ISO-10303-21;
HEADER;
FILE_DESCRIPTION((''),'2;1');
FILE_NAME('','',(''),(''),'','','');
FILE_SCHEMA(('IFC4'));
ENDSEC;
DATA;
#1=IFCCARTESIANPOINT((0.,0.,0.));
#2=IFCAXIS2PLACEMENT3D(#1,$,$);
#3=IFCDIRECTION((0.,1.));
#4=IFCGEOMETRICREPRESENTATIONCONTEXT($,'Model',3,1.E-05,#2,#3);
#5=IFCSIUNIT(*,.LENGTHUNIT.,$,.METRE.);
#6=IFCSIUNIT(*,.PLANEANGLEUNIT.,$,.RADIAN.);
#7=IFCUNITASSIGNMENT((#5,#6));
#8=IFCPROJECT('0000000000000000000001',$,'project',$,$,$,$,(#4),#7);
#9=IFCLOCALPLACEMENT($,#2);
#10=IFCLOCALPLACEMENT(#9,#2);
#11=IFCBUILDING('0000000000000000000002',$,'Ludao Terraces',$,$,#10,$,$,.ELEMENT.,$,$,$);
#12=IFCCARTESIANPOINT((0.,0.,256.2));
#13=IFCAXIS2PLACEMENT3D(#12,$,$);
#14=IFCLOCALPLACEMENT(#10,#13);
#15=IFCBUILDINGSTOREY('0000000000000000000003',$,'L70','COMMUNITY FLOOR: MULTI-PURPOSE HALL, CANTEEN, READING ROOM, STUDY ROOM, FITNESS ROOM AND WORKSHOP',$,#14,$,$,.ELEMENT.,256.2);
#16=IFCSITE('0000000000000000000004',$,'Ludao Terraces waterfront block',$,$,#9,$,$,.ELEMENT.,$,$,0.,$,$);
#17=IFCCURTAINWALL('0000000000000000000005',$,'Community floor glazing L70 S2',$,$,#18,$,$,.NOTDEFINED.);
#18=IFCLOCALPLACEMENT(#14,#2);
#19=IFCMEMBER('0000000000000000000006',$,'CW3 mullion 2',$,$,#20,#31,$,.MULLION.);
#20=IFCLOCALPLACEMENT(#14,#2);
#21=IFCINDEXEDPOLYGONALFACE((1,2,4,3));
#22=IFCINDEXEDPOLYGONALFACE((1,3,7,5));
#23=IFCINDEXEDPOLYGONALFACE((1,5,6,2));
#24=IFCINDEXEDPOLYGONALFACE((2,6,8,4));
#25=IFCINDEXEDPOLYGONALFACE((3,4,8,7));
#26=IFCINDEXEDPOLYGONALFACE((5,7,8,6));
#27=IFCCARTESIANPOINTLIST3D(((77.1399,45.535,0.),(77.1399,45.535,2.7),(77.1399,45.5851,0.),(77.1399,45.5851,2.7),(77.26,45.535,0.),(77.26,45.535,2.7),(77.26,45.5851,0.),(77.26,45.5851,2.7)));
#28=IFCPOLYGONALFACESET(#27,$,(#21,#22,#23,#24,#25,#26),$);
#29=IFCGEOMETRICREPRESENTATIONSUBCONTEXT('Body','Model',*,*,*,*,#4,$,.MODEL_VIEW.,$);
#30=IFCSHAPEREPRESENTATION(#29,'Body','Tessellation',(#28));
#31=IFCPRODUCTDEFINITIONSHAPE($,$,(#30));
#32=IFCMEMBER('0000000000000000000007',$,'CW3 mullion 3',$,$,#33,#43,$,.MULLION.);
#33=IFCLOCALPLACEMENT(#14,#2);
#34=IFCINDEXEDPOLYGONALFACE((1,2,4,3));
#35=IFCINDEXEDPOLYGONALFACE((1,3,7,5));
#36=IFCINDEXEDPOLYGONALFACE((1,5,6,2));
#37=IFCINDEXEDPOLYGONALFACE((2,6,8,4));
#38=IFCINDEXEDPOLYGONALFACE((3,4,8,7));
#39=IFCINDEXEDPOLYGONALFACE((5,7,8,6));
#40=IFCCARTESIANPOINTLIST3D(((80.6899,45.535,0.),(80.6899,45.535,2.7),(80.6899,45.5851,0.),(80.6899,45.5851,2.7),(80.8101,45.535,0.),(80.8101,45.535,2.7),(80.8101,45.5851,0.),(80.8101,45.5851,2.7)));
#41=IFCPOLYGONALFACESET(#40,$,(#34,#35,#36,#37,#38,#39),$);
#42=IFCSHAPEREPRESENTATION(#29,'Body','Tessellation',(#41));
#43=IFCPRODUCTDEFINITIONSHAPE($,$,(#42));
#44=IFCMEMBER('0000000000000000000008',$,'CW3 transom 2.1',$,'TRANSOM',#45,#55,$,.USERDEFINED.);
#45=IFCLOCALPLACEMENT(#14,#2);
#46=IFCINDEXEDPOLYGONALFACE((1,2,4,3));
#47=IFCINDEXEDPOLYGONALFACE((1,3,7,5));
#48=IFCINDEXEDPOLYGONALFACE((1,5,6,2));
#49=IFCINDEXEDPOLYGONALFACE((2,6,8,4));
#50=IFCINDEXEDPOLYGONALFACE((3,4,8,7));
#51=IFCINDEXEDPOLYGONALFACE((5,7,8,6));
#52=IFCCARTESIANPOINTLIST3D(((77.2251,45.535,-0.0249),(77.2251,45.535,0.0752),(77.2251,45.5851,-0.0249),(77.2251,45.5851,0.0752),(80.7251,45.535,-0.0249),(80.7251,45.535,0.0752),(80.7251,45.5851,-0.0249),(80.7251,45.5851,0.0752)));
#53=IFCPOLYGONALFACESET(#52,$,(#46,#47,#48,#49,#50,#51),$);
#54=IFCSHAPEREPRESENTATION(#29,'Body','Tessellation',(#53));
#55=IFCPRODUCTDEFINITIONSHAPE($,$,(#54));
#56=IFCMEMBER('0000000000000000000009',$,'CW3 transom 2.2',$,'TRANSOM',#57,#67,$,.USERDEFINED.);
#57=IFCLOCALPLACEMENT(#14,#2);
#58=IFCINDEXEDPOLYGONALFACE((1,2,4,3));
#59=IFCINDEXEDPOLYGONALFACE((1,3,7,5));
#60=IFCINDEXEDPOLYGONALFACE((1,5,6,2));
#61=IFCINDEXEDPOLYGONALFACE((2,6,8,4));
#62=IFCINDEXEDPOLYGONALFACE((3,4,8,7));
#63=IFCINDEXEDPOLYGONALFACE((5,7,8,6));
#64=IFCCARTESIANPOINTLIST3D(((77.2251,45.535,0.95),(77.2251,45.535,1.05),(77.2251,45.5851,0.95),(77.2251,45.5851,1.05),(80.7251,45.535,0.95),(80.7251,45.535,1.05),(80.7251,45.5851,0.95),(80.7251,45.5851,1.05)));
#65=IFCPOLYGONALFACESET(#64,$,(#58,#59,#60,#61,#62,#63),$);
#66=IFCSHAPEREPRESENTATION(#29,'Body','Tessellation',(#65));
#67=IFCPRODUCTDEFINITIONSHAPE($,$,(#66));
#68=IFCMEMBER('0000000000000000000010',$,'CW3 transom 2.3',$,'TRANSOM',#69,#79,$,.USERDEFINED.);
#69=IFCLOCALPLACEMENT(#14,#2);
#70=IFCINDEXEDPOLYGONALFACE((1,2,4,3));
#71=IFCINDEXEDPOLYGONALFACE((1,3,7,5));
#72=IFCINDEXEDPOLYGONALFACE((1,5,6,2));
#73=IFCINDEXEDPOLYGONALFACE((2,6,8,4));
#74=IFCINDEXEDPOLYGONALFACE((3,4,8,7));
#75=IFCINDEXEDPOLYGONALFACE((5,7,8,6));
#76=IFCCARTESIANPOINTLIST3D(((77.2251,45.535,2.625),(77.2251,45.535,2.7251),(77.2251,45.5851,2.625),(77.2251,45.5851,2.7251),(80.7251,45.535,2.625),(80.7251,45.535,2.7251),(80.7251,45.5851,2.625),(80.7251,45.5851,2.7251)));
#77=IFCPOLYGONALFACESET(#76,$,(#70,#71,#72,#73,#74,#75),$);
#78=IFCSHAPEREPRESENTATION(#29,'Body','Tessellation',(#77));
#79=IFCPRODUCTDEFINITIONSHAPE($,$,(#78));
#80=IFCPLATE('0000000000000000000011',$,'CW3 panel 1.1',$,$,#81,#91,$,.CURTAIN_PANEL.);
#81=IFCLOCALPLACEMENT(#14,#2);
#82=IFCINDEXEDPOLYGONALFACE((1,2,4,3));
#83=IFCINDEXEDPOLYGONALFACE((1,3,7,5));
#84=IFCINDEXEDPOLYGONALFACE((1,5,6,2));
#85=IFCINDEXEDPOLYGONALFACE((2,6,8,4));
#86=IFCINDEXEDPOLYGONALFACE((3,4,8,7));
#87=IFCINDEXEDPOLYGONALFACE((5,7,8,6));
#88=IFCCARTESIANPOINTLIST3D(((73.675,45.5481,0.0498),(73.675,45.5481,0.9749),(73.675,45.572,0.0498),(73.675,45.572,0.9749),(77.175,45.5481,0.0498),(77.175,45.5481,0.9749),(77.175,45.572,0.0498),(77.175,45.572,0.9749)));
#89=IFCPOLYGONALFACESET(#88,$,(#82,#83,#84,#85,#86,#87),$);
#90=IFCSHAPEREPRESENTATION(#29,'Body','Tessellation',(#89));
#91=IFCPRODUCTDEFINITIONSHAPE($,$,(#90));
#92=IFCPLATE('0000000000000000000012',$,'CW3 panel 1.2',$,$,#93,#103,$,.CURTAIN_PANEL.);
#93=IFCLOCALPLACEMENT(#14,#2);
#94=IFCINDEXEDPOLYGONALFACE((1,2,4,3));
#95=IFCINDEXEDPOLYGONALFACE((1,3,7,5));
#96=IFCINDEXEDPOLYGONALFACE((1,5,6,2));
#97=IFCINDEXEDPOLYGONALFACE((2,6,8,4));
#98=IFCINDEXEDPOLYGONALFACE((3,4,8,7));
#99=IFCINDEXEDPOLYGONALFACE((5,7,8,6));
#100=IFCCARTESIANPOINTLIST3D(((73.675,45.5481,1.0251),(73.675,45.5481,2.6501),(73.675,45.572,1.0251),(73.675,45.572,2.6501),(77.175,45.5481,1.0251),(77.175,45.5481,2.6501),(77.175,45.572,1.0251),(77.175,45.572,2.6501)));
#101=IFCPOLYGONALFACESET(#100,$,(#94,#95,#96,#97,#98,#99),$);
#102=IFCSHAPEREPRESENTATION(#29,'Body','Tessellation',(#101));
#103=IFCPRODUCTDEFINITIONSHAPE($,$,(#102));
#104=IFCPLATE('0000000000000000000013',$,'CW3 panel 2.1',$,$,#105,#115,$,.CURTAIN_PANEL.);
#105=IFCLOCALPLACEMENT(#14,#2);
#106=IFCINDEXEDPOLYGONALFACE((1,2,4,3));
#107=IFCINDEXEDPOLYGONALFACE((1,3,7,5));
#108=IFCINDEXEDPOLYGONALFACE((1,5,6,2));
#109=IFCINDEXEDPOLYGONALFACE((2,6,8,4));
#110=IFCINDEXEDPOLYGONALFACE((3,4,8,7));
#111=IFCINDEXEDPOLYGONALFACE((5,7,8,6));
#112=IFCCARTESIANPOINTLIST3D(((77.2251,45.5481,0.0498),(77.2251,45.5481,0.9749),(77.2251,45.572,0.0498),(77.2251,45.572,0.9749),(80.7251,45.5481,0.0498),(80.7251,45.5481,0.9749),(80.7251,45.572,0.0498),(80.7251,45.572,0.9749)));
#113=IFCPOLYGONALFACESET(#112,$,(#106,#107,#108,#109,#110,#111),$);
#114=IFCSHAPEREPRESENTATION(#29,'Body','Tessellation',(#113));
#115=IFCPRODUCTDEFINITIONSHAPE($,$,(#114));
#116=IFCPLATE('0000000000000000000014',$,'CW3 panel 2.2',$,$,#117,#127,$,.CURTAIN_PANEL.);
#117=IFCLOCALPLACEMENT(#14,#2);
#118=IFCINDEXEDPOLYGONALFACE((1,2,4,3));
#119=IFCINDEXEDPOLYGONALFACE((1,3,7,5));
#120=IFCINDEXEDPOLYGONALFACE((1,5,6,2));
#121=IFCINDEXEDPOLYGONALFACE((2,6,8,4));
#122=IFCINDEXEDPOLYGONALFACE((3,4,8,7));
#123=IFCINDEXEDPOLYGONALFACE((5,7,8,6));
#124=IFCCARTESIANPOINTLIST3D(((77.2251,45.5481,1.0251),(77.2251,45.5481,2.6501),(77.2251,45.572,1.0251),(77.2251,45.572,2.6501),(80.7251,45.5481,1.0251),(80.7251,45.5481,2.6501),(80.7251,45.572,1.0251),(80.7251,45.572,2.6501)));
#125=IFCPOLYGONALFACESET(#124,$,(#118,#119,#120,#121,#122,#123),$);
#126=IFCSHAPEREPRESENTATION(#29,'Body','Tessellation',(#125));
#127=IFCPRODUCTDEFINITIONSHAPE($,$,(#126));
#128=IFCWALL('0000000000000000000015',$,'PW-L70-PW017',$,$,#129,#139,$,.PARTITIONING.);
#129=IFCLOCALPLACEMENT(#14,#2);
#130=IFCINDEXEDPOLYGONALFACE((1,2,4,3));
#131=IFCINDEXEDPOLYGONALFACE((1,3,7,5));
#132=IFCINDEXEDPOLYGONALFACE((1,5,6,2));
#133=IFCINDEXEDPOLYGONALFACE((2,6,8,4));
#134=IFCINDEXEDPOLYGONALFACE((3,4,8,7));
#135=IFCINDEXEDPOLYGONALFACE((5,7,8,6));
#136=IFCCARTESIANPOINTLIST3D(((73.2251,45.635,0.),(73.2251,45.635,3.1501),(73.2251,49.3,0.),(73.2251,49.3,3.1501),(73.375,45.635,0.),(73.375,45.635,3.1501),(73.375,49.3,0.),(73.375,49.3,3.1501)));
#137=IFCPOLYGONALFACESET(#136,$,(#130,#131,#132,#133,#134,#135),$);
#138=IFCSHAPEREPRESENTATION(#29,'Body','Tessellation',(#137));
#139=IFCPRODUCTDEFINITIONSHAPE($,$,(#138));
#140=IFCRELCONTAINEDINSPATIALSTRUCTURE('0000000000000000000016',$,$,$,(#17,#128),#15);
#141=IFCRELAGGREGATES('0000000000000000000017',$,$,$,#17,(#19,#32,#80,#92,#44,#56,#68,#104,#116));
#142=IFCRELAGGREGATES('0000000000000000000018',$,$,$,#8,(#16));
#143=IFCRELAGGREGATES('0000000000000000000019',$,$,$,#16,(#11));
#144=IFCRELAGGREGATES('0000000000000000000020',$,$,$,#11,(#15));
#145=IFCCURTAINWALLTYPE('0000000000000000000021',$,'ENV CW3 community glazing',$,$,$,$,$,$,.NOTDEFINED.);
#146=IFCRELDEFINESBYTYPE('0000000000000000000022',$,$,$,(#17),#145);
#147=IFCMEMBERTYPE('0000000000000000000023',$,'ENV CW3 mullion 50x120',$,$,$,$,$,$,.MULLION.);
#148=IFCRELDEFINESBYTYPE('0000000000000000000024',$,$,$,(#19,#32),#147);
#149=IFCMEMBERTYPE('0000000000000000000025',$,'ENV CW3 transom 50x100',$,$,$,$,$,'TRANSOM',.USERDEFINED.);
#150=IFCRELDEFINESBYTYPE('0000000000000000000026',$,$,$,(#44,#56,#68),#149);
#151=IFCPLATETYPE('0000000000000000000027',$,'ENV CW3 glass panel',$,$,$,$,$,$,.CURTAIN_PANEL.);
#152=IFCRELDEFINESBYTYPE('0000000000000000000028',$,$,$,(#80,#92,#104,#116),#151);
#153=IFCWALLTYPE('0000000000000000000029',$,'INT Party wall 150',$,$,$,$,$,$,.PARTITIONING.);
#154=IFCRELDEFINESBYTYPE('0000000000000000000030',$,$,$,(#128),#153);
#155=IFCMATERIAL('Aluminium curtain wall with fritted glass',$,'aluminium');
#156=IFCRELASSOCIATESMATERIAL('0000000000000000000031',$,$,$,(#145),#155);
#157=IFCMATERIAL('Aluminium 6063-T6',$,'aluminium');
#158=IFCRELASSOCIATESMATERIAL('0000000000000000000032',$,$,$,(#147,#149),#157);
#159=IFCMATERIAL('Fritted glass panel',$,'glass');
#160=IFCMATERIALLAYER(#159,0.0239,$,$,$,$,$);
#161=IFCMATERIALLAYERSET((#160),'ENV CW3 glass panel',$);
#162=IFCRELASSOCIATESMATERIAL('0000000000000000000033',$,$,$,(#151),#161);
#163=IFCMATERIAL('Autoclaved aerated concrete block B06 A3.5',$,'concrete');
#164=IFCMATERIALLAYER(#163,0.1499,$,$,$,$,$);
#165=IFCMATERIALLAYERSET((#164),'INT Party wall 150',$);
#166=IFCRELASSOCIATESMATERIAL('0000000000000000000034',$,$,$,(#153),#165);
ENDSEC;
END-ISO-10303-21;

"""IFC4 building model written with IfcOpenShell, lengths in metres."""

from ifc_helpers import new_model, si_unit, direction, frame, frame_2d, origin, origin_2d, place, context, subcontext, project, spatial, rectangle, extrude, material, layer, layer_set, material_profile, profile_set, type_object, element, aggregate, save


model = new_model("IFC4")

# Units and contexts
model_context = context("Model", 3, precision=1e-05, world=origin(), true_north=direction((0.0, 1.0)))
body_context = subcontext(model_context, "Body", "Model", "MODEL_VIEW")
ifc_project = project(units=[si_unit("LENGTHUNIT", "METRE"), si_unit("PLANEANGLEUNIT", "RADIAN")], contexts=[model_context])

# Site, building, storey
site_placement = place(None, origin())
site = spatial("IfcSite", under=ifc_project, at=site_placement, Name="Ludao Terraces waterfront block", CompositionType="ELEMENT", RefElevation=0.0)
building_placement = place(site_placement, origin())
building = spatial("IfcBuilding", under=site, at=building_placement, Name="Ludao Terraces", CompositionType="ELEMENT")
storey_placement = place(building_placement, frame((0.0, 0.0, 256.2)))
storey = spatial("IfcBuildingStorey", under=building, at=storey_placement, Name="L70", Description="COMMUNITY FLOOR: MULTI-PURPOSE HALL, CANTEEN, READING ROOM, STUDY ROOM, FITNESS ROOM AND WORKSHOP", CompositionType="ELEMENT", Elevation=256.2)

# Curtain wall, members, plates
ifc_material_1 = material(Name="Aluminium curtain wall with fritted glass", Category="aluminium")
curtain_wall_type = type_object("IfcCurtainWallType", Name="ENV CW3 community glazing", PredefinedType="NOTDEFINED", material=ifc_material_1)
curtain_wall_placement = place(storey_placement, origin())
curtain_wall = element("IfcCurtainWall", 1, at=curtain_wall_placement, inside=storey, type_object=curtain_wall_type, Name="Community floor glazing L70 S2", PredefinedType="NOTDEFINED")
ifc_material_2 = material(Name="Aluminium 6063-T6", Category="aluminium")
ifc_material_profile_1 = material_profile(ifc_material_2, rectangle(XDim=0.05, YDim=0.1201, at=origin_2d()), Name="50 X 120")
ifc_profile_set_1 = profile_set([ifc_material_profile_1], Name="Aluminium 6063-T6")
member_type_1 = type_object("IfcMemberType", Name="ENV CW3 mullion 50x120", PredefinedType="MULLION", material=ifc_profile_set_1)
member_1_placement = place(storey_placement, frame((77.2, 45.5601, 0.0), z_axis=(0.0, 0.0, 1.0), x_axis=(0.0, 1.0, 0.0)))
member_1 = element("IfcMember", 2, at=member_1_placement, type_object=member_type_1, Name="CW3 mullion 2", PredefinedType="MULLION", context=body_context, shape_type="SweptSolid", body=[
    extrude(rectangle(XDim=0.05, YDim=0.1201, at=origin_2d()), origin(), (0.0, 0.0, 1.0), 2.7),
])
member_2_placement = place(storey_placement, frame((80.75, 45.5601, 0.0), z_axis=(0.0, 0.0, 1.0), x_axis=(0.0, 1.0, 0.0)))
member_2 = element("IfcMember", 3, at=member_2_placement, type_object=member_type_1, Name="CW3 mullion 3", PredefinedType="MULLION", context=body_context, shape_type="SweptSolid", body=[
    extrude(rectangle(XDim=0.05, YDim=0.1201, at=origin_2d()), origin(), (0.0, 0.0, 1.0), 2.7),
])
ifc_material_profile_2 = material_profile(ifc_material_2, rectangle(XDim=0.05, YDim=0.1001, at=origin_2d()), Name="50 X 100")
ifc_profile_set_2 = profile_set([ifc_material_profile_2], Name="Aluminium 6063-T6")
member_type_2 = type_object("IfcMemberType", Name="ENV CW3 transom 50x100", ElementType="TRANSOM", PredefinedType="USERDEFINED", material=ifc_profile_set_2)
member_3_placement = place(storey_placement, frame((77.2251, 45.5601, 0.0251), z_axis=(1.0, 0.0, 0.0), x_axis=(0.0, 1.0, 0.0)))
member_3 = element("IfcMember", 4, at=member_3_placement, type_object=member_type_2, Name="CW3 transom 2.1", ObjectType="TRANSOM", PredefinedType="USERDEFINED", context=body_context, shape_type="SweptSolid", body=[
    extrude(rectangle(XDim=0.05, YDim=0.1001, at=origin_2d()), origin(), (0.0, 0.0, 1.0), 3.5),
])
member_4_placement = place(storey_placement, frame((77.2251, 45.5601, 1.0), z_axis=(1.0, 0.0, 0.0), x_axis=(0.0, 1.0, 0.0)))
member_4 = element("IfcMember", 5, at=member_4_placement, type_object=member_type_2, Name="CW3 transom 2.2", ObjectType="TRANSOM", PredefinedType="USERDEFINED", context=body_context, shape_type="SweptSolid", body=[
    extrude(rectangle(XDim=0.05, YDim=0.1001, at=origin_2d()), origin(), (0.0, 0.0, 1.0), 3.5),
])
member_5_placement = place(storey_placement, frame((77.2251, 45.5601, 2.675), z_axis=(1.0, 0.0, 0.0), x_axis=(0.0, 1.0, 0.0)))
member_5 = element("IfcMember", 6, at=member_5_placement, type_object=member_type_2, Name="CW3 transom 2.3", ObjectType="TRANSOM", PredefinedType="USERDEFINED", context=body_context, shape_type="SweptSolid", body=[
    extrude(rectangle(XDim=0.05, YDim=0.1001, at=origin_2d()), origin(), (0.0, 0.0, 1.0), 3.5),
])
ifc_material_3 = material(Name="Fritted glass panel", Category="glass")
ifc_layer_1 = layer(ifc_material_3, 0.0239)
ifc_layer_set_1 = layer_set([ifc_layer_1], Name="ENV CW3 glass panel")
plate_type = type_object("IfcPlateType", Name="ENV CW3 glass panel", PredefinedType="CURTAIN_PANEL", material=ifc_layer_set_1)
plate_1_placement = place(storey_placement, frame((75.425, 45.5601, 0.0498), z_axis=(0.0, 0.0, 1.0), x_axis=(1.0, 0.0, 0.0)))
plate_1 = element("IfcPlate", 7, at=plate_1_placement, type_object=plate_type, Name="CW3 panel 1.1", PredefinedType="CURTAIN_PANEL", context=body_context, shape_type="SweptSolid", body=[
    extrude(rectangle(XDim=3.5, YDim=0.0239, at=origin_2d()), origin(), (0.0, 0.0, 1.0), 0.925),
])
plate_2_placement = place(storey_placement, frame((75.425, 45.5601, 1.0251), z_axis=(0.0, 0.0, 1.0), x_axis=(1.0, 0.0, 0.0)))
plate_2 = element("IfcPlate", 8, at=plate_2_placement, type_object=plate_type, Name="CW3 panel 1.2", PredefinedType="CURTAIN_PANEL", context=body_context, shape_type="SweptSolid", body=[
    extrude(rectangle(XDim=3.5, YDim=0.0239, at=origin_2d()), origin(), (0.0, 0.0, 1.0), 1.625),
])
plate_3_placement = place(storey_placement, frame((78.9751, 45.5601, 0.0498), z_axis=(0.0, 0.0, 1.0), x_axis=(1.0, 0.0, 0.0)))
plate_3 = element("IfcPlate", 9, at=plate_3_placement, type_object=plate_type, Name="CW3 panel 2.1", PredefinedType="CURTAIN_PANEL", context=body_context, shape_type="SweptSolid", body=[
    extrude(rectangle(XDim=3.5, YDim=0.0239, at=origin_2d()), origin(), (0.0, 0.0, 1.0), 0.925),
])
plate_4_placement = place(storey_placement, frame((78.9751, 45.5601, 1.0251), z_axis=(0.0, 0.0, 1.0), x_axis=(1.0, 0.0, 0.0)))
plate_4 = element("IfcPlate", 10, at=plate_4_placement, type_object=plate_type, Name="CW3 panel 2.2", PredefinedType="CURTAIN_PANEL", context=body_context, shape_type="SweptSolid", body=[
    extrude(rectangle(XDim=3.5, YDim=0.0239, at=origin_2d()), origin(), (0.0, 0.0, 1.0), 1.625),
])
aggregate(curtain_wall, [member_1, member_2, plate_1, plate_2, member_3, member_4, member_5, plate_3, plate_4])

# Wall
ifc_material_4 = material(Name="Autoclaved aerated concrete block B06 A3.5", Category="concrete")
ifc_layer_2 = layer(ifc_material_4, 0.1499)
ifc_layer_set_2 = layer_set([ifc_layer_2], Name="INT Party wall 150")
wall_type_1 = type_object("IfcWallType", Name="INT Party wall 150", PredefinedType="PARTITIONING", material=ifc_layer_set_2)
wall_1_placement = place(storey_placement, frame((73.3, 45.635, 0.0), z_axis=(0.0, 0.0, 1.0), x_axis=(0.0, 1.0, 0.0)))
element("IfcWall", 11, at=wall_1_placement, inside=storey, type_object=wall_type_1, Name="PW-L70-PW017", PredefinedType="PARTITIONING", context=body_context, shape_type="SweptSolid", body=[
    extrude(rectangle(XDim=3.665, YDim=0.1499, at=frame_2d((1.8325, 0.0))), origin(), (0.0, 0.0, 1.0), 3.1501),
])

save(model, "model.ifc")
